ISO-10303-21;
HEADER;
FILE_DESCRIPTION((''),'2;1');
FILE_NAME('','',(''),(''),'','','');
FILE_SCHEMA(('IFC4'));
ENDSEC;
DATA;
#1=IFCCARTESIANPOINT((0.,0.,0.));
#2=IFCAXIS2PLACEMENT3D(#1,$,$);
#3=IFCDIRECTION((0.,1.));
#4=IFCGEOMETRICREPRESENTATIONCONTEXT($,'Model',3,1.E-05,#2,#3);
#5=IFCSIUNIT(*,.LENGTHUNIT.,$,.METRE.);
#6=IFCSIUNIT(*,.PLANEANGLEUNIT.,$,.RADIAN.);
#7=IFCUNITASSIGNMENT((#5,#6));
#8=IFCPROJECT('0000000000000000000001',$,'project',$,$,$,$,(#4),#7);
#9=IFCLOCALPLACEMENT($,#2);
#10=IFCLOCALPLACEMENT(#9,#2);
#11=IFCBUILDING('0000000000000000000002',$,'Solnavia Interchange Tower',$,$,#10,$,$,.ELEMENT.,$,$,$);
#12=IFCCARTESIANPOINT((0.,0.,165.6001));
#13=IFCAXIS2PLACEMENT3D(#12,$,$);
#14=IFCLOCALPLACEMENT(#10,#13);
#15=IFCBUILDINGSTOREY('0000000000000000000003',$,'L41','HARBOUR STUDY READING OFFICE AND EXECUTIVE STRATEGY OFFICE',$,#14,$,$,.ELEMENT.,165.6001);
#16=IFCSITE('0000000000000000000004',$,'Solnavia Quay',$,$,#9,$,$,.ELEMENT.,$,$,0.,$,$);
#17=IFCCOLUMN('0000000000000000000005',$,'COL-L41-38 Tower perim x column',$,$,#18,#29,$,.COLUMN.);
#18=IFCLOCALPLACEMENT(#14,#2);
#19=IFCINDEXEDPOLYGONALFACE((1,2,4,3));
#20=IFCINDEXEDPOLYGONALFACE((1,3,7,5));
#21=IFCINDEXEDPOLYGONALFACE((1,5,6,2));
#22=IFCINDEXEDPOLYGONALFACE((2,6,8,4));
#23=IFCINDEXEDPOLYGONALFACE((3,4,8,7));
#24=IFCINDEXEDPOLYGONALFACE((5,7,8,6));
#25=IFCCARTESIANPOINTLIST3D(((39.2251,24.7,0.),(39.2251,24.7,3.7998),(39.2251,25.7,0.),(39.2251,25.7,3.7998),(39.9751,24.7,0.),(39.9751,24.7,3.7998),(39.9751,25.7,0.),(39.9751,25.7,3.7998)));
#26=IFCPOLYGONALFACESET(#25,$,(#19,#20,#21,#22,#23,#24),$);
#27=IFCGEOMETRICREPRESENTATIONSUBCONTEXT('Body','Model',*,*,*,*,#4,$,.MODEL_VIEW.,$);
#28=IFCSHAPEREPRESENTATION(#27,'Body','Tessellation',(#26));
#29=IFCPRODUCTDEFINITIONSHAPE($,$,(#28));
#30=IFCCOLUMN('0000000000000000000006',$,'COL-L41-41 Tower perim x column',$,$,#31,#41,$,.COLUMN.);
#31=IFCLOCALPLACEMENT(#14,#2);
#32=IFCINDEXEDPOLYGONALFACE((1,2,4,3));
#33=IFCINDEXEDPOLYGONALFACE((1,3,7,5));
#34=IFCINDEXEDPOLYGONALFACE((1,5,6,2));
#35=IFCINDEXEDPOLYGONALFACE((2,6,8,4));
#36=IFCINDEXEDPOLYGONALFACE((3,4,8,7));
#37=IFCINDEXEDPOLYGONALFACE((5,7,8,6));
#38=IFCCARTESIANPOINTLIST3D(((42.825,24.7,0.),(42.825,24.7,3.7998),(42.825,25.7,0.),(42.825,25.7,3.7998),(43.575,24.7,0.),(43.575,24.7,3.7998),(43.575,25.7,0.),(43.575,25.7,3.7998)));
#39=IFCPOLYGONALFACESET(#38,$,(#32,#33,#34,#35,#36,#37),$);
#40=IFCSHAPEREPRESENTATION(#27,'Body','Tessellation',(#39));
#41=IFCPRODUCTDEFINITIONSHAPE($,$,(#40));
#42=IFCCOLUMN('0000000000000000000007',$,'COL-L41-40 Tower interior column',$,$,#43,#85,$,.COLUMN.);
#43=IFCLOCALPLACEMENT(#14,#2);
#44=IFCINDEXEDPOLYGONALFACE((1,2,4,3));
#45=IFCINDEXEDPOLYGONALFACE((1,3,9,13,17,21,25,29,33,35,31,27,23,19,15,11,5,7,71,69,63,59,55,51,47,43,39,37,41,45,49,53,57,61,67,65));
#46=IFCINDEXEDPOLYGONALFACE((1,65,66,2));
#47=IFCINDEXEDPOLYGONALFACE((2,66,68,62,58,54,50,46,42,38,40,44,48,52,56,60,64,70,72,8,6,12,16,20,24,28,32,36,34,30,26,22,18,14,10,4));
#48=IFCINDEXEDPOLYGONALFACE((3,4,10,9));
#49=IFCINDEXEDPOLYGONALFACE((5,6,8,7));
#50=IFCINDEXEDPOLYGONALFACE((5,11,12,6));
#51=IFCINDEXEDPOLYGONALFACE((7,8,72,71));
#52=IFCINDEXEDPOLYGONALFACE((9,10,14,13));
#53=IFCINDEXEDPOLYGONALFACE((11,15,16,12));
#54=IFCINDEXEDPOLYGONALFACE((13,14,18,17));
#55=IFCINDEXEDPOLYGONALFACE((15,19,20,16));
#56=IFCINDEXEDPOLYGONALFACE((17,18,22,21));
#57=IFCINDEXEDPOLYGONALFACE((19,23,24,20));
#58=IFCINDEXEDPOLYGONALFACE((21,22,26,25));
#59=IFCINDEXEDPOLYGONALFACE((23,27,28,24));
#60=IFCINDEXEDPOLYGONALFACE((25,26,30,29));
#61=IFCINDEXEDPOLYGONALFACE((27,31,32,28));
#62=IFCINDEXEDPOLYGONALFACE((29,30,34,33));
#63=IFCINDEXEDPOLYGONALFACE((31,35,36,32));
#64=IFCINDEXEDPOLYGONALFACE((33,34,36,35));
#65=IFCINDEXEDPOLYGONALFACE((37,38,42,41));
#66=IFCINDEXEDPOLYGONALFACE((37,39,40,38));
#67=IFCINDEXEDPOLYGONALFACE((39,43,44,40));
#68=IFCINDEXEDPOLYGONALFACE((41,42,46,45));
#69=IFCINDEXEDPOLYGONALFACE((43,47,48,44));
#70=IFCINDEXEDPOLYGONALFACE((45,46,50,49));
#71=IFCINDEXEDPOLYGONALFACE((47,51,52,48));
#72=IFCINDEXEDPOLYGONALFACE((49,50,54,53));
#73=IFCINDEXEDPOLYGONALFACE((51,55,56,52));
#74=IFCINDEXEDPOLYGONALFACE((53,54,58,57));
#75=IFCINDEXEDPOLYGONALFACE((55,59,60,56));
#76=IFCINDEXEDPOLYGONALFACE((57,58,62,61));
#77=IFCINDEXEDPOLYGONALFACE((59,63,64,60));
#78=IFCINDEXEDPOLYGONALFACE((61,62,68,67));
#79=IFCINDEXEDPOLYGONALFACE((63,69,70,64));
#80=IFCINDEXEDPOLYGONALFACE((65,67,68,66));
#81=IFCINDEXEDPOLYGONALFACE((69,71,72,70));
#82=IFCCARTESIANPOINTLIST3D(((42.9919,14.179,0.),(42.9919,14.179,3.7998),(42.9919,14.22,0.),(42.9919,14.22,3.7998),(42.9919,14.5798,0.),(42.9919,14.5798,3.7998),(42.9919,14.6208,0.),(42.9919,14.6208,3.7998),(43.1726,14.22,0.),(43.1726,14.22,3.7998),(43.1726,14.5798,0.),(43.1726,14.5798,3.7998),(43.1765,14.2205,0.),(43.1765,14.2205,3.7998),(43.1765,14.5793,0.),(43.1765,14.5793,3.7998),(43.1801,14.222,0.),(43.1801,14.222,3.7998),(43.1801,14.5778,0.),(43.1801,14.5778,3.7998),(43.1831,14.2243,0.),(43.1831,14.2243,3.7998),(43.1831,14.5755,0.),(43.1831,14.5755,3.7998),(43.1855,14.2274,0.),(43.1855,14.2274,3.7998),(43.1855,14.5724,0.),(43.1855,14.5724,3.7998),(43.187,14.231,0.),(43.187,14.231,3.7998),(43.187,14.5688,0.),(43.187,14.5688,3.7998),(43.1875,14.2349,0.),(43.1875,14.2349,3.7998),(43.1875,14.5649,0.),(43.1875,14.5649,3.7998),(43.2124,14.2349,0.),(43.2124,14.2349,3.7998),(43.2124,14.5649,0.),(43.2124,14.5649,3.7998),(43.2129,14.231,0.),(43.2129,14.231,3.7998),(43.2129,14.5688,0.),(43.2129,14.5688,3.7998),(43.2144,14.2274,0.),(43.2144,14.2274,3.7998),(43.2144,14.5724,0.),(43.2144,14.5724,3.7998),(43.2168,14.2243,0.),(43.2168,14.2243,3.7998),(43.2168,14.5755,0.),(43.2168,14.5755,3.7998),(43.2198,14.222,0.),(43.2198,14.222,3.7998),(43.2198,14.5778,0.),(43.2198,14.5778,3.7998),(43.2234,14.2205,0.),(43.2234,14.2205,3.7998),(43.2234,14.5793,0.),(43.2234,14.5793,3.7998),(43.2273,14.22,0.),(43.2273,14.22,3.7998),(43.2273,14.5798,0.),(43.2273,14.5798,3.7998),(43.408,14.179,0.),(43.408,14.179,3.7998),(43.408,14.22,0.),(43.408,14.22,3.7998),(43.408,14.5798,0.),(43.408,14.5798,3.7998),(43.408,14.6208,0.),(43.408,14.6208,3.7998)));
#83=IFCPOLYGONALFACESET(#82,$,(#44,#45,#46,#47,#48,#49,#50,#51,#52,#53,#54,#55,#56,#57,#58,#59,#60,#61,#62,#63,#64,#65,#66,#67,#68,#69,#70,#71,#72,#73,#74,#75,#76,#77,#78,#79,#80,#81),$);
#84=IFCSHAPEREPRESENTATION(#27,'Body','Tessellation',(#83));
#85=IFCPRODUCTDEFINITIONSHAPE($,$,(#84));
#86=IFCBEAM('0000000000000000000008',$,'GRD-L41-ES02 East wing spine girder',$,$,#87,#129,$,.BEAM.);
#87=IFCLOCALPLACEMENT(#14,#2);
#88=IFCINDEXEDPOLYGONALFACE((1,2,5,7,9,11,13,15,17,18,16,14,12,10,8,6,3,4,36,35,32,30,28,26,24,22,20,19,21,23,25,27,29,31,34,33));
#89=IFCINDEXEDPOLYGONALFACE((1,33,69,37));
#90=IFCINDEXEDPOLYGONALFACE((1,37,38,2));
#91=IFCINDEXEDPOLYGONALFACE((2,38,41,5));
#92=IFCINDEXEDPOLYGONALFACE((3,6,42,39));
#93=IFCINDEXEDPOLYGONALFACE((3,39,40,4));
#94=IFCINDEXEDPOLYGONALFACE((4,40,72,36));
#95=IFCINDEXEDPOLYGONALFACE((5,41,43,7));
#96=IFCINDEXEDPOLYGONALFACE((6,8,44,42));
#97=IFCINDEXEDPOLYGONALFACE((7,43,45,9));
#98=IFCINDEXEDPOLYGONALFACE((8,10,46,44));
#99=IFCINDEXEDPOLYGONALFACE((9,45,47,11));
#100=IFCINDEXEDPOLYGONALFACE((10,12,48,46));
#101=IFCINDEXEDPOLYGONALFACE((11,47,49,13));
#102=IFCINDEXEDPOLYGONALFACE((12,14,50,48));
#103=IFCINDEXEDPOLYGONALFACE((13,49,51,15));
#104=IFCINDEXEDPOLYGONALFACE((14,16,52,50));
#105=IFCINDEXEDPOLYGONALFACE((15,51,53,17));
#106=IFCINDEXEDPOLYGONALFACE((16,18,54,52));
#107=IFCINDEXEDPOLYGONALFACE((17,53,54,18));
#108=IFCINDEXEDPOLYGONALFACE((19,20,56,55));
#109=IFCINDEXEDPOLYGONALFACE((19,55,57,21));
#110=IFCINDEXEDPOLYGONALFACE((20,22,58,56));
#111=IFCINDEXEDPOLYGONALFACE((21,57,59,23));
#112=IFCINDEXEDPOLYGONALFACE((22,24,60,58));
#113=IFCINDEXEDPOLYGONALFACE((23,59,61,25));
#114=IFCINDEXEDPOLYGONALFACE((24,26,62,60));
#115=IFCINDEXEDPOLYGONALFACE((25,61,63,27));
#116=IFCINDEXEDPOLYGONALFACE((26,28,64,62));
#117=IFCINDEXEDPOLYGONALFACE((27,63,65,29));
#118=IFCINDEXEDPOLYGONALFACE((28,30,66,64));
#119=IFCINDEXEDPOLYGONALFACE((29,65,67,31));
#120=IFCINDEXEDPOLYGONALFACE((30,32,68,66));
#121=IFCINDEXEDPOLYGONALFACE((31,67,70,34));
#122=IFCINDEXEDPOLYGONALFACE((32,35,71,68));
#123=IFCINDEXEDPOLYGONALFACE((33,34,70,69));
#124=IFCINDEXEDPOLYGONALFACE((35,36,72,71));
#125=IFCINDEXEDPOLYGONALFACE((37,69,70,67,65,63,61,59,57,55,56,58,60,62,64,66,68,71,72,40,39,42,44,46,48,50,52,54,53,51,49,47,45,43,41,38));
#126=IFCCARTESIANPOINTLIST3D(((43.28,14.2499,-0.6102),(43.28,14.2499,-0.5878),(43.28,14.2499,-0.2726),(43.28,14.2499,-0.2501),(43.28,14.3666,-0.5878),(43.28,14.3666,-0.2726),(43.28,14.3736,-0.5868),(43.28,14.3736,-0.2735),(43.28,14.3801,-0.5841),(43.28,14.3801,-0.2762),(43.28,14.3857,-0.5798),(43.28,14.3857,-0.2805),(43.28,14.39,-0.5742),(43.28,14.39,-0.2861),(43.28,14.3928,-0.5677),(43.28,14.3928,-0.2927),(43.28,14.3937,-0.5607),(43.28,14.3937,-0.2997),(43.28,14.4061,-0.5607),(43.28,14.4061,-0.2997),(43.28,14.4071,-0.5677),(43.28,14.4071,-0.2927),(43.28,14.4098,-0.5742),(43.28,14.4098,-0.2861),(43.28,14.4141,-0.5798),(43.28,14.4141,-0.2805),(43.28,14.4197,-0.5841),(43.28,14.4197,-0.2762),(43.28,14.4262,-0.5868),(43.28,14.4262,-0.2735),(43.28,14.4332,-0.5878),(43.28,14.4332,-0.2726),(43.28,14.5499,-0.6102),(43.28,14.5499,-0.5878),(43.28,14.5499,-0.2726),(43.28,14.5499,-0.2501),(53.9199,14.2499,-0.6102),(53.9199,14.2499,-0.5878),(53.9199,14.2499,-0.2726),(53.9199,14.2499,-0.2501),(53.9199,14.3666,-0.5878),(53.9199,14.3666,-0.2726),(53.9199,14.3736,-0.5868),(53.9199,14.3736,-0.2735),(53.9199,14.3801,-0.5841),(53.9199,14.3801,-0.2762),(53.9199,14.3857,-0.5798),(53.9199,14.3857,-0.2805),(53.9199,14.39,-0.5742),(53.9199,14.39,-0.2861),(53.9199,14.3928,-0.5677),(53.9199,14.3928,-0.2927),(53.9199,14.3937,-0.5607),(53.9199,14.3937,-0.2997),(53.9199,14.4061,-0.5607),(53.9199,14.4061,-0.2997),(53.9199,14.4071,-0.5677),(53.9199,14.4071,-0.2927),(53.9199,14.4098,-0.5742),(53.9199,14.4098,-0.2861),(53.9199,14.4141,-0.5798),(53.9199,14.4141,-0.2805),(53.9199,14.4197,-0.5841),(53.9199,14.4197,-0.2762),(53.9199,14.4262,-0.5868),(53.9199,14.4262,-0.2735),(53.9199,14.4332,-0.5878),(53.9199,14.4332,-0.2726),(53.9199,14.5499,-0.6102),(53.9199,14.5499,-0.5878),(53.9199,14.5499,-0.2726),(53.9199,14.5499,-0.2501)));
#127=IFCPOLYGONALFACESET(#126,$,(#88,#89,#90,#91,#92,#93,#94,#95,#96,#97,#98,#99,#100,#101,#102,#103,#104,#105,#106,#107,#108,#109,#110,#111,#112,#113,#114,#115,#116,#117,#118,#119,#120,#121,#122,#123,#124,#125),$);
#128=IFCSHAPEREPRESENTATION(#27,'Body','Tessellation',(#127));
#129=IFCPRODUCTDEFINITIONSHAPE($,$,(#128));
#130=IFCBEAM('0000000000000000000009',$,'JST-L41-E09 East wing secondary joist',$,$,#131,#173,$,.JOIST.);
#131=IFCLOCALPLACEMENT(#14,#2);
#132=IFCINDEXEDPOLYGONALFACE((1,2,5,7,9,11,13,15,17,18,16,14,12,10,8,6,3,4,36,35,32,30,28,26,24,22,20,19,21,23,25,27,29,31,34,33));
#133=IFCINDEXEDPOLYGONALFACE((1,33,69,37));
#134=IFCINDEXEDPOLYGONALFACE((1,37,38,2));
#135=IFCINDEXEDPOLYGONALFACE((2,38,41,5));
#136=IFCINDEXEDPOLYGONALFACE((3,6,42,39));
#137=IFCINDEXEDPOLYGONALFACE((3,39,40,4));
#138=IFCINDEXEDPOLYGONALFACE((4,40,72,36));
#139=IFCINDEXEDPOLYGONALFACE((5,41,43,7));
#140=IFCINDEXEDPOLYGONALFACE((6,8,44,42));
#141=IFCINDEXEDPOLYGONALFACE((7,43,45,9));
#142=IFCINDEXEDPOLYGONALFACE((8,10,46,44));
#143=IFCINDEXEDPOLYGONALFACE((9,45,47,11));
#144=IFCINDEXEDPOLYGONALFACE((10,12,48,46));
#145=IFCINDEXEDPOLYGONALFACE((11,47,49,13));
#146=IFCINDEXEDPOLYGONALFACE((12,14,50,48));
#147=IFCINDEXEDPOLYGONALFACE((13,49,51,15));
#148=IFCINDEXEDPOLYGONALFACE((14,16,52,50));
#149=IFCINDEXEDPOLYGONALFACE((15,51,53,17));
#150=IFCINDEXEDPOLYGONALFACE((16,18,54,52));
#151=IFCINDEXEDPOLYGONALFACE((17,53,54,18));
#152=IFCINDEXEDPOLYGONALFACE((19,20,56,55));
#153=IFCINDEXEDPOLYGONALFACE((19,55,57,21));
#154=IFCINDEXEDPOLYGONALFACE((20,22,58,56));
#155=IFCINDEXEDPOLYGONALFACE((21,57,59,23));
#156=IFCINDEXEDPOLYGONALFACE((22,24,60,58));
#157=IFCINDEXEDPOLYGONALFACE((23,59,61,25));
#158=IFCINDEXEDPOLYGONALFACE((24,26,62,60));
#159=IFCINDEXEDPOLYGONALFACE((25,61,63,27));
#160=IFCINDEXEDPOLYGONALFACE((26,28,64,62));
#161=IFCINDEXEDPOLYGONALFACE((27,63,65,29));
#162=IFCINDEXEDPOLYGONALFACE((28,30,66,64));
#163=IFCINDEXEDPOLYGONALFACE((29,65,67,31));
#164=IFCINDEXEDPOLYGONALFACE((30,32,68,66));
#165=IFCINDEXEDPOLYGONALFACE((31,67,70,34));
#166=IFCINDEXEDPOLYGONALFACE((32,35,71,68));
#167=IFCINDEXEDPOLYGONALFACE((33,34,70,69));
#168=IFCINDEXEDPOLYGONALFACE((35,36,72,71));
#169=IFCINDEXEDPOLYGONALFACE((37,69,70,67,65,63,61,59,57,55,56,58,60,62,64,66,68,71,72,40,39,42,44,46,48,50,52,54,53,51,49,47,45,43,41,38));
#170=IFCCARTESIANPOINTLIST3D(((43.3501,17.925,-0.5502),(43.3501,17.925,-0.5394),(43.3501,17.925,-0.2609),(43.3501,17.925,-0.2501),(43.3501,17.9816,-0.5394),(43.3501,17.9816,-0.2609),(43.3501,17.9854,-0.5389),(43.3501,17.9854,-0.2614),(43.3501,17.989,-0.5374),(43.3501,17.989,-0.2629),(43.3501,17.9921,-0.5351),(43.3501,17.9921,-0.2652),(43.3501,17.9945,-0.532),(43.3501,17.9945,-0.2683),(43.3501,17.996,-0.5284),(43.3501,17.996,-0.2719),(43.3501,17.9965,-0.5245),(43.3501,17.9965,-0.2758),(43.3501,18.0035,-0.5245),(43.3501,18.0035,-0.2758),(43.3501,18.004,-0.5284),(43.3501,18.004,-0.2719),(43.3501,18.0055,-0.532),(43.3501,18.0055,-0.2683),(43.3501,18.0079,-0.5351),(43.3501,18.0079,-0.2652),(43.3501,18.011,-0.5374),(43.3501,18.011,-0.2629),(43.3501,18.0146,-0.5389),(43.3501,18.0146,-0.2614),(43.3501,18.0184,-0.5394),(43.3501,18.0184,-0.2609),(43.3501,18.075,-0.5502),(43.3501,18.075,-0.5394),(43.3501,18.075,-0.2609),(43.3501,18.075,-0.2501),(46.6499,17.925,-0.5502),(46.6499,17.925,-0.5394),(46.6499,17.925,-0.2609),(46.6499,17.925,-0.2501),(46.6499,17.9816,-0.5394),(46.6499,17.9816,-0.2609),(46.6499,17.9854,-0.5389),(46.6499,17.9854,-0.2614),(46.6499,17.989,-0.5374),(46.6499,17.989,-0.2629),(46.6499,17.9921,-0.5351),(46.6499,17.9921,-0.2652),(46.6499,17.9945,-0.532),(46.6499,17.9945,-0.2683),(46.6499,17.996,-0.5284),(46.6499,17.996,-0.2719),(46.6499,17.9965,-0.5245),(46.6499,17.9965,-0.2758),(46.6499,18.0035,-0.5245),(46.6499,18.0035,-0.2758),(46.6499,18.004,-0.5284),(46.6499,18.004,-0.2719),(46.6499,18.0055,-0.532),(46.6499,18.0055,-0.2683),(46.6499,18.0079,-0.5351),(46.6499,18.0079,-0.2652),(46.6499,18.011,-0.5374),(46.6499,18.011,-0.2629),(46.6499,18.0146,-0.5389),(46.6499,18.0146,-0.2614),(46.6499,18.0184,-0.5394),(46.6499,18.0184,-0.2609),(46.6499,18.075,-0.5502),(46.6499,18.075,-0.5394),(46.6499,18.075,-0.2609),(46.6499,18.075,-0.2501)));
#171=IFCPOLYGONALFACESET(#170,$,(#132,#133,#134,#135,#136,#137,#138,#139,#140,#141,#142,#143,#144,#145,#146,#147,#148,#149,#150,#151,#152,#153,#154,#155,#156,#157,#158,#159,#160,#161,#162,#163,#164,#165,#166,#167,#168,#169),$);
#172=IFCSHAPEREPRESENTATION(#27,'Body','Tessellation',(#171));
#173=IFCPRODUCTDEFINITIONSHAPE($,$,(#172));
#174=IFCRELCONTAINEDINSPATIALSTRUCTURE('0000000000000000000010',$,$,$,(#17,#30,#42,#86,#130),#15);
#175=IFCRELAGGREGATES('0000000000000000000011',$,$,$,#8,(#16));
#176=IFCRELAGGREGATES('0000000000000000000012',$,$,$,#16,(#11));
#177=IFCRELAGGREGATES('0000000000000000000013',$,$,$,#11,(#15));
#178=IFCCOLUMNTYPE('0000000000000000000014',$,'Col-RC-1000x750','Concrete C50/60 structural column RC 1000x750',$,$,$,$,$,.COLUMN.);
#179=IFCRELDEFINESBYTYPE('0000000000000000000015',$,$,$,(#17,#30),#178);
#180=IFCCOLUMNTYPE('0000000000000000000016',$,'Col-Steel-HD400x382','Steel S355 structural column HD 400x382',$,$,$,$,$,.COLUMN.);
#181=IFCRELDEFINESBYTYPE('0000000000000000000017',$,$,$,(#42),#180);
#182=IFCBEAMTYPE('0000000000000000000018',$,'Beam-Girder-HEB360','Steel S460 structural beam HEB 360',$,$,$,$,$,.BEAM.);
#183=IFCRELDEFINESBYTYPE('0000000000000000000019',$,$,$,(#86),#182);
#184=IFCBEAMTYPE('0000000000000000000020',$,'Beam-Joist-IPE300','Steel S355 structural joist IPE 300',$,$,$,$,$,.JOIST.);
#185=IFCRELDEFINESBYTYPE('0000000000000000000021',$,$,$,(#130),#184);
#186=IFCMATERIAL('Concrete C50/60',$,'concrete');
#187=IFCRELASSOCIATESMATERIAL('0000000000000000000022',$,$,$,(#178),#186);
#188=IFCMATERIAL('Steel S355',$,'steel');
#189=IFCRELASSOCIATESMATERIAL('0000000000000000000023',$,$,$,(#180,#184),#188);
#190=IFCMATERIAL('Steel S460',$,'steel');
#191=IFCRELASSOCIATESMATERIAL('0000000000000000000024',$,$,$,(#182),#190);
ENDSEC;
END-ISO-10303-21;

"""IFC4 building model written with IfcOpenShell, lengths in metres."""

from ifc_helpers import new_model, si_unit, direction, frame, origin, origin_2d, place, context, subcontext, project, spatial, rectangle, i_section, extrude, material, material_profile, profile_set, type_object, element, save


model = new_model("IFC4")

# Units and contexts
model_context = context("Model", 3, precision=1e-05, world=origin(), true_north=direction((0.0, 1.0)))
body_context = subcontext(model_context, "Body", "Model", "MODEL_VIEW")
ifc_project = project(units=[si_unit("LENGTHUNIT", "METRE"), si_unit("PLANEANGLEUNIT", "RADIAN")], contexts=[model_context])

# Site, building, storey
site_placement = place(None, origin())
site = spatial("IfcSite", under=ifc_project, at=site_placement, Name="Solnavia Quay", CompositionType="ELEMENT", RefElevation=0.0)
building_placement = place(site_placement, origin())
building = spatial("IfcBuilding", under=site, at=building_placement, Name="Solnavia Interchange Tower", CompositionType="ELEMENT")
storey_placement = place(building_placement, frame((0.0, 0.0, 165.6001)))
storey = spatial("IfcBuildingStorey", under=building, at=storey_placement, Name="L41", Description="HARBOUR STUDY READING OFFICE AND EXECUTIVE STRATEGY OFFICE", CompositionType="ELEMENT", Elevation=165.6001)

# Columns
ifc_material_1 = material(Name="Concrete C50/60", Category="concrete")
ifc_material_profile_1 = material_profile(ifc_material_1, rectangle(XDim=0.75, YDim=1.0, at=origin_2d()), Name="RC 1000x750")
ifc_profile_set_1 = profile_set([ifc_material_profile_1], Name="Concrete C50/60")
column_type_1 = type_object("IfcColumnType", Name="Col-RC-1000x750", Description="Concrete C50/60 structural column RC 1000x750", PredefinedType="COLUMN", material=ifc_profile_set_1)
for number, where, z_axis, x_axis, name in (
    (1, (39.6001, 25.2, 0.0), (0.0, 0.0, 1.0), (1.0, 0.0, 0.0), "COL-L41-38 Tower perim x column"),
    (2, (43.2, 25.2, 0.0), (0.0, 0.0, 1.0), (1.0, 0.0, 0.0), "COL-L41-41 Tower perim x column"),
):
    element("IfcColumn", number, at=place(storey_placement, frame(where, z_axis=z_axis, x_axis=x_axis)), inside=storey, type_object=column_type_1, Name=name, PredefinedType="COLUMN", context=body_context, shape_type="SweptSolid", body=[
        extrude(rectangle(XDim=0.75, YDim=1.0, at=origin_2d()), origin(), (0.0, 0.0, 1.0), 3.7998),
    ])
ifc_material_2 = material(Name="Steel S355", Category="steel")
ifc_material_profile_2 = material_profile(ifc_material_2, i_section(OverallWidth=0.416, OverallDepth=0.4419, WebThickness=0.0249, FlangeThickness=0.041, FilletRadius=0.0149, at=origin_2d()), Name="HD 400x382")
ifc_profile_set_2 = profile_set([ifc_material_profile_2], Name="Steel S355")
column_type_2 = type_object("IfcColumnType", Name="Col-Steel-HD400x382", Description="Steel S355 structural column HD 400x382", PredefinedType="COLUMN", material=ifc_profile_set_2)
column_placement = place(storey_placement, frame((43.2, 14.3999, 0.0), z_axis=(0.0, 0.0, 1.0), x_axis=(1.0, 0.0, 0.0)))
element("IfcColumn", 3, at=column_placement, inside=storey, type_object=column_type_2, Name="COL-L41-40 Tower interior column", PredefinedType="COLUMN", context=body_context, shape_type="SweptSolid", body=[
    extrude(i_section(OverallWidth=0.416, OverallDepth=0.4419, WebThickness=0.0249, FlangeThickness=0.041, FilletRadius=0.0149, at=origin_2d()), origin(), (0.0, 0.0, 1.0), 3.7998),
])

# Beams
ifc_material_3 = material(Name="Steel S460", Category="steel")
ifc_material_profile_3 = material_profile(ifc_material_3, i_section(OverallWidth=0.3, OverallDepth=0.3601, WebThickness=0.0125, FlangeThickness=0.0225, FilletRadius=0.0271, at=origin_2d()), Name="HEB 360")
ifc_profile_set_3 = profile_set([ifc_material_profile_3], Name="Steel S460")
beam_type_1 = type_object("IfcBeamType", Name="Beam-Girder-HEB360", Description="Steel S460 structural beam HEB 360", PredefinedType="BEAM", material=ifc_profile_set_3)
beam_1_placement = place(storey_placement, frame((43.28, 14.3999, -0.4302), z_axis=(1.0, 0.0, 0.0), x_axis=(0.0, 1.0, 0.0)))
element("IfcBeam", 4, at=beam_1_placement, inside=storey, type_object=beam_type_1, Name="GRD-L41-ES02 East wing spine girder", PredefinedType="BEAM", context=body_context, shape_type="SweptSolid", body=[
    extrude(i_section(OverallWidth=0.3, OverallDepth=0.3601, WebThickness=0.0125, FlangeThickness=0.0225, FilletRadius=0.0271, at=origin_2d()), origin(), (0.0, 0.0, 1.0), 10.6399),
])
ifc_material_profile_4 = material_profile(ifc_material_2, i_section(OverallWidth=0.1499, OverallDepth=0.3, WebThickness=0.0071, FlangeThickness=0.0107, FilletRadius=0.0149, at=origin_2d()), Name="IPE 300")
ifc_profile_set_4 = profile_set([ifc_material_profile_4], Name="Steel S355")
beam_type_2 = type_object("IfcBeamType", Name="Beam-Joist-IPE300", Description="Steel S355 structural joist IPE 300", PredefinedType="JOIST", material=ifc_profile_set_4)
for number, where, z_axis, x_axis, name in (
    (5, (43.3501, 18.0, -0.4001), (1.0, 0.0, 0.0), (0.0, 1.0, 0.0), "JST-L41-E09 East wing secondary joist"),
):
    element("IfcBeam", number, at=place(storey_placement, frame(where, z_axis=z_axis, x_axis=x_axis)), inside=storey, type_object=beam_type_2, Name=name, PredefinedType="JOIST", context=body_context, shape_type="SweptSolid", body=[
        extrude(i_section(OverallWidth=0.1499, OverallDepth=0.3, WebThickness=0.0071, FlangeThickness=0.0107, FilletRadius=0.0149, at=origin_2d()), origin(), (0.0, 0.0, 1.0), 3.2998),
    ])

save(model, "model.ifc")
